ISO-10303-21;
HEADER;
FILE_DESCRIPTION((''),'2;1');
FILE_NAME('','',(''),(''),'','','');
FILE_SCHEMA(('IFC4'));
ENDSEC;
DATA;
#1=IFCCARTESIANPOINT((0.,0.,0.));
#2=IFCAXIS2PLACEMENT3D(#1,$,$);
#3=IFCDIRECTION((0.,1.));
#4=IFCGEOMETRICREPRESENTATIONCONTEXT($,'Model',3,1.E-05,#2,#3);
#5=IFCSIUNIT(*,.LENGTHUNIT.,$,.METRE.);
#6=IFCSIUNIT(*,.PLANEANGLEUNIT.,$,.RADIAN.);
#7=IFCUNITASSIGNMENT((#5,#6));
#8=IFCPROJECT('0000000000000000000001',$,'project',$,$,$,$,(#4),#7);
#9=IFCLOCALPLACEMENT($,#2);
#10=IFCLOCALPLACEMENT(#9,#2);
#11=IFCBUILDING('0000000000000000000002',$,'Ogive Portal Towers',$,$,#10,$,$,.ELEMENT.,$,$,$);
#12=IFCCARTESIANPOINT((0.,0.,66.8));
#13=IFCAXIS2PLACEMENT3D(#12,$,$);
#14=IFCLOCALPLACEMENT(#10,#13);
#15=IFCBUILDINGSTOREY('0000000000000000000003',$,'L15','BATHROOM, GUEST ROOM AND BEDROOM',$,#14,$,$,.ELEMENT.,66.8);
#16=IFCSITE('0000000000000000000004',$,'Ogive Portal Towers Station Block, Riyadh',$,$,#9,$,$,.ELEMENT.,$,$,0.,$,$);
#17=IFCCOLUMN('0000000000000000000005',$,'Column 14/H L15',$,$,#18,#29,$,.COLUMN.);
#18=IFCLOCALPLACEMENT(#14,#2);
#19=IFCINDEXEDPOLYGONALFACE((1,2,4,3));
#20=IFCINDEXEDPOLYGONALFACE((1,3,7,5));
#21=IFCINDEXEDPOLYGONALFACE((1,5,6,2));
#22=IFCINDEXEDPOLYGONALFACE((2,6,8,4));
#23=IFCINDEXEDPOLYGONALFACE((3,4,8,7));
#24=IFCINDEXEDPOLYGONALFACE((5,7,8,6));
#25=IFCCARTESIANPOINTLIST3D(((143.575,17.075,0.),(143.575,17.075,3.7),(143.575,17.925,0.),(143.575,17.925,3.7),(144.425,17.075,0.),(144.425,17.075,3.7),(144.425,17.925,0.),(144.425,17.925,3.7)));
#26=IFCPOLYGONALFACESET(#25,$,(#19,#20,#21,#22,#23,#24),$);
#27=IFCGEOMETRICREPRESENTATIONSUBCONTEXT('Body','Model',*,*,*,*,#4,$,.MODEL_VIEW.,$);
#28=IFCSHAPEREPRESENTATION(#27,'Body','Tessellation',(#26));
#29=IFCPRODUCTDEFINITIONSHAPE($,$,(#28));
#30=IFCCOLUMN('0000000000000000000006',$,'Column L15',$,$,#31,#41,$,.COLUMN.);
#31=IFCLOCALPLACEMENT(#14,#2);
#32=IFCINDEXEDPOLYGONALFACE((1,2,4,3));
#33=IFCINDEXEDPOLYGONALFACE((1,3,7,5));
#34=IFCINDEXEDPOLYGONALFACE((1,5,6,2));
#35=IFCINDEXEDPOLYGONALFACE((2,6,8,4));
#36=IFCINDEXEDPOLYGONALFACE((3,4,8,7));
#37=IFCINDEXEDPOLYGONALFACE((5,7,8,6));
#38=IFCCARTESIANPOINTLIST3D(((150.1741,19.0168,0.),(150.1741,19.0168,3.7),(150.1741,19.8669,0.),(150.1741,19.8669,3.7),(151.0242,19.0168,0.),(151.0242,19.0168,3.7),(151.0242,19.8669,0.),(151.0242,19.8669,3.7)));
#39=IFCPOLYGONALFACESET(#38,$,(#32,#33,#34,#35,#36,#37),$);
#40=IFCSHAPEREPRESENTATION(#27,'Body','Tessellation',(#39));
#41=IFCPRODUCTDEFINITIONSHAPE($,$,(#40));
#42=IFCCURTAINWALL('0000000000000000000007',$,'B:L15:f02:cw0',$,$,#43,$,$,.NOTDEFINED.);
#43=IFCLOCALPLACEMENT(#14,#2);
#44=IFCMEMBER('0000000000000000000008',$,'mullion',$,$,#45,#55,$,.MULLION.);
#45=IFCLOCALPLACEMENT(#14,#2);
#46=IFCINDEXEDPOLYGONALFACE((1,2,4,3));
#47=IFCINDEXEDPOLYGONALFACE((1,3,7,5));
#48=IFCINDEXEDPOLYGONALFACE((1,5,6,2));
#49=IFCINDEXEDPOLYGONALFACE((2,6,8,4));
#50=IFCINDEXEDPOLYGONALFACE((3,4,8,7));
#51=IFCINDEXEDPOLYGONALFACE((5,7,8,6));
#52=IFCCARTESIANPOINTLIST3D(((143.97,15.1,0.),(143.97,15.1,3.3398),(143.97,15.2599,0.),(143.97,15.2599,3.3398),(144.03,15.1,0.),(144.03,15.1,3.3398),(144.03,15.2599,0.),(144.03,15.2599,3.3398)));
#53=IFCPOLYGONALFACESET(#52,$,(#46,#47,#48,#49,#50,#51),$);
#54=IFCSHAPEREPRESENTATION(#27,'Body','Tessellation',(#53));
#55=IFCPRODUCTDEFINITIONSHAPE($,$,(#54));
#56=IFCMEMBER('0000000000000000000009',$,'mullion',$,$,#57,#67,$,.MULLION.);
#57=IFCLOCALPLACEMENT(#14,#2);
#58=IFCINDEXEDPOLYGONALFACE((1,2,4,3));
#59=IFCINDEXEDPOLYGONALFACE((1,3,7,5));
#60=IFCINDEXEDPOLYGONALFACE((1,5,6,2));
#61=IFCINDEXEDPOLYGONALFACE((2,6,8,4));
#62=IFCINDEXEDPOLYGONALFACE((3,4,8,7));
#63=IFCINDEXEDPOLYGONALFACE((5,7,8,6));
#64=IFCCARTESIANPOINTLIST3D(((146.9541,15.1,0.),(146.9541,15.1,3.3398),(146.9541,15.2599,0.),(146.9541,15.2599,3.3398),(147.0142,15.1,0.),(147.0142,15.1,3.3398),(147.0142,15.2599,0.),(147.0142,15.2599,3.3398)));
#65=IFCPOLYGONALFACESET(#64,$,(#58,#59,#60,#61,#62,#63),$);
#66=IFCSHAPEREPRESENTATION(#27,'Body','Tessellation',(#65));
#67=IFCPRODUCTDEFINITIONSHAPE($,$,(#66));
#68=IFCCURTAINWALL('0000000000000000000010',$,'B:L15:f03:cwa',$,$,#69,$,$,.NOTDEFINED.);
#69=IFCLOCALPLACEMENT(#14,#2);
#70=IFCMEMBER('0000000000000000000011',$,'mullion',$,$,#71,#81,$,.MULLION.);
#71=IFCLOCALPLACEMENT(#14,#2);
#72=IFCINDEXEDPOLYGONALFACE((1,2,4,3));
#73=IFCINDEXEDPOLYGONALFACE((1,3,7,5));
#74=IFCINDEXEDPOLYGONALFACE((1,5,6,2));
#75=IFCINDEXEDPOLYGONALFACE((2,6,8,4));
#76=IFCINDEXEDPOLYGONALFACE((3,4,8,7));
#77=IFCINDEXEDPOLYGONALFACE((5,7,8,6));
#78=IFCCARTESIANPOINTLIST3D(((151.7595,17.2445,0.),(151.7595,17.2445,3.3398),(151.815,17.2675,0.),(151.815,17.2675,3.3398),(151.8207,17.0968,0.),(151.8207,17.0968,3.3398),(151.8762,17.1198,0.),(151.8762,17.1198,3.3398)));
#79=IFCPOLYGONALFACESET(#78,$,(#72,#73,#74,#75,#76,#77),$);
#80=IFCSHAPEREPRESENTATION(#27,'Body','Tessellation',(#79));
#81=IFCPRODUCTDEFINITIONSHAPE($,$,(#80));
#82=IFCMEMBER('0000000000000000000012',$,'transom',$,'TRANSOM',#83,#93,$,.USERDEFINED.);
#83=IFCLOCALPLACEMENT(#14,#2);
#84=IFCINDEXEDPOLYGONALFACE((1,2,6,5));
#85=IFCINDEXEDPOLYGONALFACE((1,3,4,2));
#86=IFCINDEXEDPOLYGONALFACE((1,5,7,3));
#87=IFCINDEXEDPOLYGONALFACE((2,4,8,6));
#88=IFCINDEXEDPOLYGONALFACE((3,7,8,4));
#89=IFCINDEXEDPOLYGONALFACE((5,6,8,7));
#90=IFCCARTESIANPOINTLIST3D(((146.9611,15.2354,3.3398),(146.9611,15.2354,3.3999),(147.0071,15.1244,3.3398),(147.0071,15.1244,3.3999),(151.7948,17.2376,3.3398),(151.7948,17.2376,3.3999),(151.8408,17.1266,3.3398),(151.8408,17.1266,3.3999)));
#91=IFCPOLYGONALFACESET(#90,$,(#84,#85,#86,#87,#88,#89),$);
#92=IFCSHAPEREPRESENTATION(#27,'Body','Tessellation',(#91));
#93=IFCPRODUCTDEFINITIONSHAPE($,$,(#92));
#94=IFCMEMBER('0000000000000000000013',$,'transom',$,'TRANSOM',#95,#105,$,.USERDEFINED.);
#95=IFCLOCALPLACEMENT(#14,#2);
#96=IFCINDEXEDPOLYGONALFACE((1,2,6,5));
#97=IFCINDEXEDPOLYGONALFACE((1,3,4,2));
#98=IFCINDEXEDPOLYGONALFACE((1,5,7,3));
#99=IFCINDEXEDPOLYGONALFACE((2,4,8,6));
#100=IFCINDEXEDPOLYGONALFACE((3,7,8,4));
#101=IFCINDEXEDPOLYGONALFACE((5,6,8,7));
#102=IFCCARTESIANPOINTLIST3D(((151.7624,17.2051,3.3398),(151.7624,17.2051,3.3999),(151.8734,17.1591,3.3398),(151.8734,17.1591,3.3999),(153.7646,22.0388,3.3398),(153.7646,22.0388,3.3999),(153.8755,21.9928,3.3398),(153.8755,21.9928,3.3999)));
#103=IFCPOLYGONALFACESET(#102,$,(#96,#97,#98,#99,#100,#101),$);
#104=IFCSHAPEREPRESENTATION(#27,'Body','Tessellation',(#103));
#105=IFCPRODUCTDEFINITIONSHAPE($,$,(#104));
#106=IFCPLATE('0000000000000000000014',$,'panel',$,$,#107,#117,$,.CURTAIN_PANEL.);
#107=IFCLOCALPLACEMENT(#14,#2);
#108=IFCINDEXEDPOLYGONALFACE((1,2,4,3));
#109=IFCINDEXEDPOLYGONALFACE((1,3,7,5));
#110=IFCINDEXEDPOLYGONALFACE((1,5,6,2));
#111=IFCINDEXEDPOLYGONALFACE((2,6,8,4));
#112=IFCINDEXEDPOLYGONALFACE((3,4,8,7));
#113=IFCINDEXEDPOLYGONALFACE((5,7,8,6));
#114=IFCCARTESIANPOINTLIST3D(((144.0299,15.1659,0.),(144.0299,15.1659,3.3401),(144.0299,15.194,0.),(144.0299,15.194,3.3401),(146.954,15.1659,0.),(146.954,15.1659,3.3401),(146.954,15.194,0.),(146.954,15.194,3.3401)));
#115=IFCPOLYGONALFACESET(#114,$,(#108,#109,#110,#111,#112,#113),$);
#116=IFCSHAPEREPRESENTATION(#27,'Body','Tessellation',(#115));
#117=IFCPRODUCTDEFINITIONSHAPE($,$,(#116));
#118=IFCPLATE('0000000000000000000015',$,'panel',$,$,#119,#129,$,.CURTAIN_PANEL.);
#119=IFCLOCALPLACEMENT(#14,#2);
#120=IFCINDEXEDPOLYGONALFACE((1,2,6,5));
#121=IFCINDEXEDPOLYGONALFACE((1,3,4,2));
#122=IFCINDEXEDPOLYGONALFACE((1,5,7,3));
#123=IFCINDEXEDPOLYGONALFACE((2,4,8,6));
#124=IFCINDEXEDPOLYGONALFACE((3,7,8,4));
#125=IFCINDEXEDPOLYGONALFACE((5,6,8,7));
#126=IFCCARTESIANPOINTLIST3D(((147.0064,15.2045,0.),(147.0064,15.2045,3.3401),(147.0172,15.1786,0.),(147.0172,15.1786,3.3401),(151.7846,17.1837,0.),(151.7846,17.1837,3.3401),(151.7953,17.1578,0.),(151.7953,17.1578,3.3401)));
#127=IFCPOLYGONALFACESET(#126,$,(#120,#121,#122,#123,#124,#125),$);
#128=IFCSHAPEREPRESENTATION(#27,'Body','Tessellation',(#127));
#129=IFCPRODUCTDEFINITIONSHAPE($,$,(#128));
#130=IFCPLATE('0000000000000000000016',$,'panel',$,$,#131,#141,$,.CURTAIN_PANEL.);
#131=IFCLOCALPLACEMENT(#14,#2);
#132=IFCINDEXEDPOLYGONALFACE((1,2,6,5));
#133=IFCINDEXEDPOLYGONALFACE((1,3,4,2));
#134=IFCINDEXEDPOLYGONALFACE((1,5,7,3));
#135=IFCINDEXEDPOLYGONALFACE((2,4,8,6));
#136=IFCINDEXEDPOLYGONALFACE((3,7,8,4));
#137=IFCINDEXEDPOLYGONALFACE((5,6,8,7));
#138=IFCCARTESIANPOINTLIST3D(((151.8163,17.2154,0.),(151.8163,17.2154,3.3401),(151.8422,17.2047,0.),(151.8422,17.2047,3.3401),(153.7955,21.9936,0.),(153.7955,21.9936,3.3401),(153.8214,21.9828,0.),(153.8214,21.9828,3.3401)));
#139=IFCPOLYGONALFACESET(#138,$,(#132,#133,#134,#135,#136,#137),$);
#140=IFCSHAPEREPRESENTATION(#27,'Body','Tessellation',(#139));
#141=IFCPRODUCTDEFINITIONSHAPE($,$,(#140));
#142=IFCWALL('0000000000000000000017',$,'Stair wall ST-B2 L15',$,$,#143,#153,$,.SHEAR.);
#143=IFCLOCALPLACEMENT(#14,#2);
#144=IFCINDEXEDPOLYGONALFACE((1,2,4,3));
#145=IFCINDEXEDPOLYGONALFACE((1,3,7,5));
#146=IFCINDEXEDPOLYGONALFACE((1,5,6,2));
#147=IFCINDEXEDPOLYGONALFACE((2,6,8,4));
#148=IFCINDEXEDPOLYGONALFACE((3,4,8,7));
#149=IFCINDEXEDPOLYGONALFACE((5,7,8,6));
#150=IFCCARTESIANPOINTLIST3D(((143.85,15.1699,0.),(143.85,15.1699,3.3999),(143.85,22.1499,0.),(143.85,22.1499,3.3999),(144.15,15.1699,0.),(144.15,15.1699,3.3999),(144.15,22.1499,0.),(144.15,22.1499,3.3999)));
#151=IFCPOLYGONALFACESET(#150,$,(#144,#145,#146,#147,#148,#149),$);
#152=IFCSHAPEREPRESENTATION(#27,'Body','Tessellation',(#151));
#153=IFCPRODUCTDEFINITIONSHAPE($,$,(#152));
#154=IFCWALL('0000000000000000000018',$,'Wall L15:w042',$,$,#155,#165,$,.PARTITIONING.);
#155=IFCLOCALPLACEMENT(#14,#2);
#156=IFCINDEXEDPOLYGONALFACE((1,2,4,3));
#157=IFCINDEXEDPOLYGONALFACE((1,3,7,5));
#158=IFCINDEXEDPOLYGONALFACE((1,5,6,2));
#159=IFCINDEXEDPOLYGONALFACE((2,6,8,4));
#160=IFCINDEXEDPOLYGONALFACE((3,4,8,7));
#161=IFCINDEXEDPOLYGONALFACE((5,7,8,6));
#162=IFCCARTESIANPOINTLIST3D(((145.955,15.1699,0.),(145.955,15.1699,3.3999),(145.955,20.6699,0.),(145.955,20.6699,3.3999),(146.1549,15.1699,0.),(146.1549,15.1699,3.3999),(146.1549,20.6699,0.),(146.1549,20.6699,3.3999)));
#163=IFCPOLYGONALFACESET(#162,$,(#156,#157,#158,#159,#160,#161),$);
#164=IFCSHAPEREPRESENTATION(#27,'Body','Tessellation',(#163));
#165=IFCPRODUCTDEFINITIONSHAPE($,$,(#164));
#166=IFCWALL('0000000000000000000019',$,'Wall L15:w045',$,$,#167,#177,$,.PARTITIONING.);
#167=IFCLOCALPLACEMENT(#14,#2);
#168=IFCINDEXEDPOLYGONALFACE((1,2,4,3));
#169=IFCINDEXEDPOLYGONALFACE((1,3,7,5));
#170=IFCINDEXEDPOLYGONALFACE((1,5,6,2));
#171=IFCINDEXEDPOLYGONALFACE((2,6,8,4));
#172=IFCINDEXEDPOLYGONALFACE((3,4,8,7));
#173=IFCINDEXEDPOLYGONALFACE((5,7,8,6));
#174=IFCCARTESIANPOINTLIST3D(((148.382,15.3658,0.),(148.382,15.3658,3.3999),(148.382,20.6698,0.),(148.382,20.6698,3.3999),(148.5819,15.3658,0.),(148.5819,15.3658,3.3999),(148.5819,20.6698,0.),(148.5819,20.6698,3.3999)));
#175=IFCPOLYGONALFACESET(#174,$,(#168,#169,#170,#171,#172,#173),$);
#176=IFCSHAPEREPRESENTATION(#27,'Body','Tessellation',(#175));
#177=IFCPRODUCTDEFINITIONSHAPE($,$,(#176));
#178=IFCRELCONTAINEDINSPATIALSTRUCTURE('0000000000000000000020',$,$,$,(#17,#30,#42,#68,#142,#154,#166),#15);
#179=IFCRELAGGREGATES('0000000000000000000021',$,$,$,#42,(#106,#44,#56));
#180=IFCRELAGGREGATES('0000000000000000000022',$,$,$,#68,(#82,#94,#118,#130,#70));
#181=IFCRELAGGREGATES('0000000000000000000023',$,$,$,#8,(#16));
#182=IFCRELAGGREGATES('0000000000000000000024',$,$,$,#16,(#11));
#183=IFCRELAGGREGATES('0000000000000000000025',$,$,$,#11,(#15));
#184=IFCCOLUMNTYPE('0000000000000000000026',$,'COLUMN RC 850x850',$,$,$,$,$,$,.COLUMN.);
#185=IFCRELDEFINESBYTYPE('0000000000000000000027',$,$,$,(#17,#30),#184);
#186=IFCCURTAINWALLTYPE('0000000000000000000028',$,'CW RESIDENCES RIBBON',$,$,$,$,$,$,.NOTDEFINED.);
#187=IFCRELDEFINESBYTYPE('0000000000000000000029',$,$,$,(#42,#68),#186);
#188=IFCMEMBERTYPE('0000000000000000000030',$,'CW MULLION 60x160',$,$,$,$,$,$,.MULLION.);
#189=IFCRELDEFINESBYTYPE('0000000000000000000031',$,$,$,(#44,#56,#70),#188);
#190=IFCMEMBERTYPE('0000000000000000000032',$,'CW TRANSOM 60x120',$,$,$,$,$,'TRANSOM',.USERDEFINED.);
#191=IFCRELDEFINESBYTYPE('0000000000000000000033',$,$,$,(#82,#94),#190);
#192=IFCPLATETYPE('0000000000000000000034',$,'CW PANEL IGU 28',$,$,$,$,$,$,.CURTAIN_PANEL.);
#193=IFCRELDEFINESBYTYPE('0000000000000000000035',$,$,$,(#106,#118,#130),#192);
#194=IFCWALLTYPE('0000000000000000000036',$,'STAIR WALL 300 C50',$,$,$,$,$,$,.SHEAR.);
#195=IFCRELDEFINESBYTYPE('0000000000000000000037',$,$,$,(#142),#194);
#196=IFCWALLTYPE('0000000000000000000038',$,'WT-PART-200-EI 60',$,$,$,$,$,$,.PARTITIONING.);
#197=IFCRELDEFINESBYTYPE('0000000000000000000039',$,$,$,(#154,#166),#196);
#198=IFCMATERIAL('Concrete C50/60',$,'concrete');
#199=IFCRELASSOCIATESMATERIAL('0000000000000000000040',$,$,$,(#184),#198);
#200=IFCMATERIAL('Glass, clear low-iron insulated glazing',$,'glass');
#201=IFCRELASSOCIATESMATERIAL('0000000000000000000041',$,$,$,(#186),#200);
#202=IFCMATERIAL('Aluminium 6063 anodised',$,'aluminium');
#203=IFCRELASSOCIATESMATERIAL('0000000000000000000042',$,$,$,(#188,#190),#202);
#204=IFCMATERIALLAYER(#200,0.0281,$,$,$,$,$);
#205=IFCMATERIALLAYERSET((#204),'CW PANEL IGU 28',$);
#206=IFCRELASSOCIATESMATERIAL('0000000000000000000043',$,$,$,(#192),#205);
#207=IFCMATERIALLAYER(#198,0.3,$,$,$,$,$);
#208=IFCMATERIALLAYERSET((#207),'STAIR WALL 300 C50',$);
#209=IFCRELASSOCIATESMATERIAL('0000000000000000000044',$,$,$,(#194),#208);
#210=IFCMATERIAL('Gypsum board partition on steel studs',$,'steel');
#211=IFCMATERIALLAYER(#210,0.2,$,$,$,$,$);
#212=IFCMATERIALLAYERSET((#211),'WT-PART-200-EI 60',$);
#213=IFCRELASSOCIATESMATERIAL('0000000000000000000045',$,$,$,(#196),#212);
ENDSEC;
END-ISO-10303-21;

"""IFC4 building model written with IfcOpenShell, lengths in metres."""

from ifc_helpers import new_model, si_unit, direction, frame, frame_2d, origin, origin_2d, place, context, subcontext, project, spatial, rectangle, extrude, material, layer, layer_set, material_profile, profile_set, type_object, element, aggregate, save


model = new_model("IFC4")

# Units and contexts
model_context = context("Model", 3, precision=1e-05, world=origin(), true_north=direction((0.0, 1.0)))
body_context = subcontext(model_context, "Body", "Model", "MODEL_VIEW")
ifc_project = project(units=[si_unit("LENGTHUNIT", "METRE"), si_unit("PLANEANGLEUNIT", "RADIAN")], contexts=[model_context])

# Site, building, storey
site_placement = place(None, origin())
site = spatial("IfcSite", under=ifc_project, at=site_placement, Name="Ogive Portal Towers Station Block, Riyadh", CompositionType="ELEMENT", RefElevation=0.0)
building_placement = place(site_placement, origin())
building = spatial("IfcBuilding", under=site, at=building_placement, Name="Ogive Portal Towers", CompositionType="ELEMENT")
storey_placement = place(building_placement, frame((0.0, 0.0, 66.8)))
storey = spatial("IfcBuildingStorey", under=building, at=storey_placement, Name="L15", Description="BATHROOM, GUEST ROOM AND BEDROOM", CompositionType="ELEMENT", Elevation=66.8)

# Columns
ifc_material_1 = material(Name="Concrete C50/60", Category="concrete")
ifc_material_profile_1 = material_profile(ifc_material_1, rectangle(XDim=0.8501, YDim=0.8501, at=origin_2d()), Name="RC 850x850")
ifc_profile_set_1 = profile_set([ifc_material_profile_1], Name="Concrete C50/60")
column_type = type_object("IfcColumnType", Name="COLUMN RC 850x850", PredefinedType="COLUMN", material=ifc_profile_set_1)
for number, where, z_axis, x_axis, name in (
    (1, (144.0, 17.5, 0.0), (0.0, 0.0, 1.0), (1.0, 0.0, 0.0), "Column 14/H L15"),
    (2, (150.5991, 19.4419, 0.0), (0.0, 0.0, 1.0), (1.0, 0.0, 0.0), "Column L15"),
):
    element("IfcColumn", number, at=place(storey_placement, frame(where, z_axis=z_axis, x_axis=x_axis)), inside=storey, type_object=column_type, Name=name, PredefinedType="COLUMN", context=body_context, shape_type="SweptSolid", body=[
        extrude(rectangle(XDim=0.8501, YDim=0.8501, at=origin_2d()), origin(), (0.0, 0.0, 1.0), 3.7),
    ])

# Curtain walls, members
ifc_material_2 = material(Name="Glass, clear low-iron insulated glazing", Category="glass")
curtain_wall_type = type_object("IfcCurtainWallType", Name="CW RESIDENCES RIBBON", PredefinedType="NOTDEFINED", material=ifc_material_2)
curtain_wall_1_placement = place(storey_placement, origin())
curtain_wall_1 = element("IfcCurtainWall", 3, at=curtain_wall_1_placement, inside=storey, type_object=curtain_wall_type, Name="B:L15:f02:cw0", PredefinedType="NOTDEFINED")
ifc_material_3 = material(Name="Aluminium 6063 anodised", Category="aluminium")
ifc_material_profile_2 = material_profile(ifc_material_3, rectangle(XDim=0.1599, YDim=0.0601, at=origin_2d()), Name="AL 60x160")
ifc_profile_set_2 = profile_set([ifc_material_profile_2], Name="Aluminium 6063 anodised")
member_type_1 = type_object("IfcMemberType", Name="CW MULLION 60x160", PredefinedType="MULLION", material=ifc_profile_set_2)
member_1_placement = place(storey_placement, frame((144.0, 15.1799, 0.0), z_axis=(0.0, 0.0, 1.0), x_axis=(0.0, 1.0, 0.0)))
member_1 = element("IfcMember", 4, at=member_1_placement, type_object=member_type_1, Name="mullion", PredefinedType="MULLION", context=body_context, shape_type="SweptSolid", body=[
    extrude(rectangle(XDim=0.1599, YDim=0.0601, at=origin_2d()), origin(), (0.0, 0.0, 1.0), 3.3398),
])
member_2_placement = place(storey_placement, frame((146.9841, 15.1799, 0.0), z_axis=(0.0, 0.0, 1.0), x_axis=(0.0, 1.0, 0.0)))
member_2 = element("IfcMember", 5, at=member_2_placement, type_object=member_type_1, Name="mullion", PredefinedType="MULLION", context=body_context, shape_type="SweptSolid", body=[
    extrude(rectangle(XDim=0.1599, YDim=0.0601, at=origin_2d()), origin(), (0.0, 0.0, 1.0), 3.3398),
])
curtain_wall_2_placement = place(storey_placement, origin())
curtain_wall_2 = element("IfcCurtainWall", 6, at=curtain_wall_2_placement, inside=storey, type_object=curtain_wall_type, Name="B:L15:f03:cwa", PredefinedType="NOTDEFINED")
member_3_placement = place(storey_placement, frame((151.8179, 17.1821, 0.0), z_axis=(0.0, 0.0, 1.0), x_axis=(-0.382683, 0.92388, 0.0)))
member_3 = element("IfcMember", 7, at=member_3_placement, type_object=member_type_1, Name="mullion", PredefinedType="MULLION", context=body_context, shape_type="SweptSolid", body=[
    extrude(rectangle(XDim=0.1599, YDim=0.0601, at=origin_2d()), origin(), (0.0, 0.0, 1.0), 3.3398),
])
ifc_material_profile_3 = material_profile(ifc_material_3, rectangle(XDim=0.1201, YDim=0.0601, at=origin_2d()), Name="AL 120x60")
ifc_profile_set_3 = profile_set([ifc_material_profile_3], Name="Aluminium 6063 anodised")
member_type_2 = type_object("IfcMemberType", Name="CW TRANSOM 60x120", ElementType="TRANSOM", PredefinedType="USERDEFINED", material=ifc_profile_set_3)
member_4_placement = place(storey_placement, frame((146.9841, 15.1799, 3.3699), z_axis=(0.92388, 0.382683, 0.0), x_axis=(-0.382683, 0.92388, 0.0)))
member_4 = element("IfcMember", 8, at=member_4_placement, type_object=member_type_2, Name="transom", ObjectType="TRANSOM", PredefinedType="USERDEFINED", context=body_context, shape_type="SweptSolid", body=[
    extrude(rectangle(XDim=0.1201, YDim=0.0601, at=origin_2d()), origin(), (0.0, 0.0, 1.0), 5.2319),
])
member_5_placement = place(storey_placement, frame((151.8179, 17.1821, 3.3699), z_axis=(0.382683, 0.92388, 0.0), x_axis=(-0.92388, 0.382683, 0.0)))
member_5 = element("IfcMember", 9, at=member_5_placement, type_object=member_type_2, Name="transom", ObjectType="TRANSOM", PredefinedType="USERDEFINED", context=body_context, shape_type="SweptSolid", body=[
    extrude(rectangle(XDim=0.1201, YDim=0.0601, at=origin_2d()), origin(), (0.0, 0.0, 1.0), 5.2319),
])

# Plates
ifc_layer_1 = layer(ifc_material_2, 0.0281)
ifc_layer_set_1 = layer_set([ifc_layer_1], Name="CW PANEL IGU 28")
plate_type = type_object("IfcPlateType", Name="CW PANEL IGU 28", PredefinedType="CURTAIN_PANEL", material=ifc_layer_set_1)
plate_1_placement = place(storey_placement, frame((145.4919, 15.1799, 0.0), z_axis=(0.0, 0.0, 1.0), x_axis=(1.0, 0.0, 0.0)))
plate_1 = element("IfcPlate", 10, at=plate_1_placement, type_object=plate_type, Name="panel", PredefinedType="CURTAIN_PANEL", context=body_context, shape_type="SweptSolid", body=[
    extrude(rectangle(XDim=2.9241, YDim=0.0281, at=origin_2d()), origin(), (0.0, 0.0, 1.0), 3.3401),
])
aggregate(curtain_wall_1, [plate_1, member_1, member_2])
plate_2_placement = place(storey_placement, frame((149.4009, 16.1812, 0.0), z_axis=(0.0, 0.0, 1.0), x_axis=(0.92388, 0.382683, 0.0)))
plate_2 = element("IfcPlate", 11, at=plate_2_placement, type_object=plate_type, Name="panel", PredefinedType="CURTAIN_PANEL", context=body_context, shape_type="SweptSolid", body=[
    extrude(rectangle(XDim=5.1719, YDim=0.0281, at=origin_2d()), origin(), (0.0, 0.0, 1.0), 3.3401),
])
plate_3_placement = place(storey_placement, frame((152.8188, 19.5991, 0.0), z_axis=(0.0, 0.0, 1.0), x_axis=(0.382683, 0.92388, 0.0)))
plate_3 = element("IfcPlate", 12, at=plate_3_placement, type_object=plate_type, Name="panel", PredefinedType="CURTAIN_PANEL", context=body_context, shape_type="SweptSolid", body=[
    extrude(rectangle(XDim=5.1719, YDim=0.0281, at=origin_2d()), origin(), (0.0, 0.0, 1.0), 3.3401),
])
aggregate(curtain_wall_2, [member_4, member_5, plate_2, plate_3, member_3])

# Walls
ifc_layer_2 = layer(ifc_material_1, 0.3)
ifc_layer_set_2 = layer_set([ifc_layer_2], Name="STAIR WALL 300 C50")
wall_type_1 = type_object("IfcWallType", Name="STAIR WALL 300 C50", PredefinedType="SHEAR", material=ifc_layer_set_2)
wall_1_placement = place(storey_placement, frame((144.0, 15.1699, 0.0), z_axis=(0.0, 0.0, 1.0), x_axis=(0.0, 1.0, 0.0)))
element("IfcWall", 13, at=wall_1_placement, inside=storey, type_object=wall_type_1, Name="Stair wall ST-B2 L15", PredefinedType="SHEAR", context=body_context, shape_type="SweptSolid", body=[
    extrude(rectangle(XDim=6.98, YDim=0.3, at=frame_2d((3.49, 0.0))), origin(), (0.0, 0.0, 1.0), 3.3999),
])
ifc_material_4 = material(Name="Gypsum board partition on steel studs", Category="steel")
ifc_layer_3 = layer(ifc_material_4, 0.2)
ifc_layer_set_3 = layer_set([ifc_layer_3], Name="WT-PART-200-EI 60")
wall_type_2 = type_object("IfcWallType", Name="WT-PART-200-EI 60", PredefinedType="PARTITIONING", material=ifc_layer_set_3)
wall_2_placement = place(storey_placement, frame((146.0549, 15.1699, 0.0), z_axis=(0.0, 0.0, 1.0), x_axis=(0.0, 1.0, 0.0)))
element("IfcWall", 14, at=wall_2_placement, inside=storey, type_object=wall_type_2, Name="Wall L15:w042", PredefinedType="PARTITIONING", context=body_context, shape_type="SweptSolid", body=[
    extrude(rectangle(XDim=5.5, YDim=0.2, at=frame_2d((2.75, 0.0))), origin(), (0.0, 0.0, 1.0), 3.3999),
])
wall_3_placement = place(storey_placement, frame((148.4819, 15.366, 0.0), z_axis=(0.0, 0.0, 1.0), x_axis=(0.0, 1.0, 0.0)))
element("IfcWall", 15, at=wall_3_placement, inside=storey, type_object=wall_type_2, Name="Wall L15:w045", PredefinedType="PARTITIONING", context=body_context, shape_type="SweptSolid", body=[
    extrude(rectangle(XDim=5.304, YDim=0.2, at=frame_2d((2.6519, 0.0))), origin(), (0.0, 0.0, 1.0), 3.3999),
])

save(model, "model.ifc")
